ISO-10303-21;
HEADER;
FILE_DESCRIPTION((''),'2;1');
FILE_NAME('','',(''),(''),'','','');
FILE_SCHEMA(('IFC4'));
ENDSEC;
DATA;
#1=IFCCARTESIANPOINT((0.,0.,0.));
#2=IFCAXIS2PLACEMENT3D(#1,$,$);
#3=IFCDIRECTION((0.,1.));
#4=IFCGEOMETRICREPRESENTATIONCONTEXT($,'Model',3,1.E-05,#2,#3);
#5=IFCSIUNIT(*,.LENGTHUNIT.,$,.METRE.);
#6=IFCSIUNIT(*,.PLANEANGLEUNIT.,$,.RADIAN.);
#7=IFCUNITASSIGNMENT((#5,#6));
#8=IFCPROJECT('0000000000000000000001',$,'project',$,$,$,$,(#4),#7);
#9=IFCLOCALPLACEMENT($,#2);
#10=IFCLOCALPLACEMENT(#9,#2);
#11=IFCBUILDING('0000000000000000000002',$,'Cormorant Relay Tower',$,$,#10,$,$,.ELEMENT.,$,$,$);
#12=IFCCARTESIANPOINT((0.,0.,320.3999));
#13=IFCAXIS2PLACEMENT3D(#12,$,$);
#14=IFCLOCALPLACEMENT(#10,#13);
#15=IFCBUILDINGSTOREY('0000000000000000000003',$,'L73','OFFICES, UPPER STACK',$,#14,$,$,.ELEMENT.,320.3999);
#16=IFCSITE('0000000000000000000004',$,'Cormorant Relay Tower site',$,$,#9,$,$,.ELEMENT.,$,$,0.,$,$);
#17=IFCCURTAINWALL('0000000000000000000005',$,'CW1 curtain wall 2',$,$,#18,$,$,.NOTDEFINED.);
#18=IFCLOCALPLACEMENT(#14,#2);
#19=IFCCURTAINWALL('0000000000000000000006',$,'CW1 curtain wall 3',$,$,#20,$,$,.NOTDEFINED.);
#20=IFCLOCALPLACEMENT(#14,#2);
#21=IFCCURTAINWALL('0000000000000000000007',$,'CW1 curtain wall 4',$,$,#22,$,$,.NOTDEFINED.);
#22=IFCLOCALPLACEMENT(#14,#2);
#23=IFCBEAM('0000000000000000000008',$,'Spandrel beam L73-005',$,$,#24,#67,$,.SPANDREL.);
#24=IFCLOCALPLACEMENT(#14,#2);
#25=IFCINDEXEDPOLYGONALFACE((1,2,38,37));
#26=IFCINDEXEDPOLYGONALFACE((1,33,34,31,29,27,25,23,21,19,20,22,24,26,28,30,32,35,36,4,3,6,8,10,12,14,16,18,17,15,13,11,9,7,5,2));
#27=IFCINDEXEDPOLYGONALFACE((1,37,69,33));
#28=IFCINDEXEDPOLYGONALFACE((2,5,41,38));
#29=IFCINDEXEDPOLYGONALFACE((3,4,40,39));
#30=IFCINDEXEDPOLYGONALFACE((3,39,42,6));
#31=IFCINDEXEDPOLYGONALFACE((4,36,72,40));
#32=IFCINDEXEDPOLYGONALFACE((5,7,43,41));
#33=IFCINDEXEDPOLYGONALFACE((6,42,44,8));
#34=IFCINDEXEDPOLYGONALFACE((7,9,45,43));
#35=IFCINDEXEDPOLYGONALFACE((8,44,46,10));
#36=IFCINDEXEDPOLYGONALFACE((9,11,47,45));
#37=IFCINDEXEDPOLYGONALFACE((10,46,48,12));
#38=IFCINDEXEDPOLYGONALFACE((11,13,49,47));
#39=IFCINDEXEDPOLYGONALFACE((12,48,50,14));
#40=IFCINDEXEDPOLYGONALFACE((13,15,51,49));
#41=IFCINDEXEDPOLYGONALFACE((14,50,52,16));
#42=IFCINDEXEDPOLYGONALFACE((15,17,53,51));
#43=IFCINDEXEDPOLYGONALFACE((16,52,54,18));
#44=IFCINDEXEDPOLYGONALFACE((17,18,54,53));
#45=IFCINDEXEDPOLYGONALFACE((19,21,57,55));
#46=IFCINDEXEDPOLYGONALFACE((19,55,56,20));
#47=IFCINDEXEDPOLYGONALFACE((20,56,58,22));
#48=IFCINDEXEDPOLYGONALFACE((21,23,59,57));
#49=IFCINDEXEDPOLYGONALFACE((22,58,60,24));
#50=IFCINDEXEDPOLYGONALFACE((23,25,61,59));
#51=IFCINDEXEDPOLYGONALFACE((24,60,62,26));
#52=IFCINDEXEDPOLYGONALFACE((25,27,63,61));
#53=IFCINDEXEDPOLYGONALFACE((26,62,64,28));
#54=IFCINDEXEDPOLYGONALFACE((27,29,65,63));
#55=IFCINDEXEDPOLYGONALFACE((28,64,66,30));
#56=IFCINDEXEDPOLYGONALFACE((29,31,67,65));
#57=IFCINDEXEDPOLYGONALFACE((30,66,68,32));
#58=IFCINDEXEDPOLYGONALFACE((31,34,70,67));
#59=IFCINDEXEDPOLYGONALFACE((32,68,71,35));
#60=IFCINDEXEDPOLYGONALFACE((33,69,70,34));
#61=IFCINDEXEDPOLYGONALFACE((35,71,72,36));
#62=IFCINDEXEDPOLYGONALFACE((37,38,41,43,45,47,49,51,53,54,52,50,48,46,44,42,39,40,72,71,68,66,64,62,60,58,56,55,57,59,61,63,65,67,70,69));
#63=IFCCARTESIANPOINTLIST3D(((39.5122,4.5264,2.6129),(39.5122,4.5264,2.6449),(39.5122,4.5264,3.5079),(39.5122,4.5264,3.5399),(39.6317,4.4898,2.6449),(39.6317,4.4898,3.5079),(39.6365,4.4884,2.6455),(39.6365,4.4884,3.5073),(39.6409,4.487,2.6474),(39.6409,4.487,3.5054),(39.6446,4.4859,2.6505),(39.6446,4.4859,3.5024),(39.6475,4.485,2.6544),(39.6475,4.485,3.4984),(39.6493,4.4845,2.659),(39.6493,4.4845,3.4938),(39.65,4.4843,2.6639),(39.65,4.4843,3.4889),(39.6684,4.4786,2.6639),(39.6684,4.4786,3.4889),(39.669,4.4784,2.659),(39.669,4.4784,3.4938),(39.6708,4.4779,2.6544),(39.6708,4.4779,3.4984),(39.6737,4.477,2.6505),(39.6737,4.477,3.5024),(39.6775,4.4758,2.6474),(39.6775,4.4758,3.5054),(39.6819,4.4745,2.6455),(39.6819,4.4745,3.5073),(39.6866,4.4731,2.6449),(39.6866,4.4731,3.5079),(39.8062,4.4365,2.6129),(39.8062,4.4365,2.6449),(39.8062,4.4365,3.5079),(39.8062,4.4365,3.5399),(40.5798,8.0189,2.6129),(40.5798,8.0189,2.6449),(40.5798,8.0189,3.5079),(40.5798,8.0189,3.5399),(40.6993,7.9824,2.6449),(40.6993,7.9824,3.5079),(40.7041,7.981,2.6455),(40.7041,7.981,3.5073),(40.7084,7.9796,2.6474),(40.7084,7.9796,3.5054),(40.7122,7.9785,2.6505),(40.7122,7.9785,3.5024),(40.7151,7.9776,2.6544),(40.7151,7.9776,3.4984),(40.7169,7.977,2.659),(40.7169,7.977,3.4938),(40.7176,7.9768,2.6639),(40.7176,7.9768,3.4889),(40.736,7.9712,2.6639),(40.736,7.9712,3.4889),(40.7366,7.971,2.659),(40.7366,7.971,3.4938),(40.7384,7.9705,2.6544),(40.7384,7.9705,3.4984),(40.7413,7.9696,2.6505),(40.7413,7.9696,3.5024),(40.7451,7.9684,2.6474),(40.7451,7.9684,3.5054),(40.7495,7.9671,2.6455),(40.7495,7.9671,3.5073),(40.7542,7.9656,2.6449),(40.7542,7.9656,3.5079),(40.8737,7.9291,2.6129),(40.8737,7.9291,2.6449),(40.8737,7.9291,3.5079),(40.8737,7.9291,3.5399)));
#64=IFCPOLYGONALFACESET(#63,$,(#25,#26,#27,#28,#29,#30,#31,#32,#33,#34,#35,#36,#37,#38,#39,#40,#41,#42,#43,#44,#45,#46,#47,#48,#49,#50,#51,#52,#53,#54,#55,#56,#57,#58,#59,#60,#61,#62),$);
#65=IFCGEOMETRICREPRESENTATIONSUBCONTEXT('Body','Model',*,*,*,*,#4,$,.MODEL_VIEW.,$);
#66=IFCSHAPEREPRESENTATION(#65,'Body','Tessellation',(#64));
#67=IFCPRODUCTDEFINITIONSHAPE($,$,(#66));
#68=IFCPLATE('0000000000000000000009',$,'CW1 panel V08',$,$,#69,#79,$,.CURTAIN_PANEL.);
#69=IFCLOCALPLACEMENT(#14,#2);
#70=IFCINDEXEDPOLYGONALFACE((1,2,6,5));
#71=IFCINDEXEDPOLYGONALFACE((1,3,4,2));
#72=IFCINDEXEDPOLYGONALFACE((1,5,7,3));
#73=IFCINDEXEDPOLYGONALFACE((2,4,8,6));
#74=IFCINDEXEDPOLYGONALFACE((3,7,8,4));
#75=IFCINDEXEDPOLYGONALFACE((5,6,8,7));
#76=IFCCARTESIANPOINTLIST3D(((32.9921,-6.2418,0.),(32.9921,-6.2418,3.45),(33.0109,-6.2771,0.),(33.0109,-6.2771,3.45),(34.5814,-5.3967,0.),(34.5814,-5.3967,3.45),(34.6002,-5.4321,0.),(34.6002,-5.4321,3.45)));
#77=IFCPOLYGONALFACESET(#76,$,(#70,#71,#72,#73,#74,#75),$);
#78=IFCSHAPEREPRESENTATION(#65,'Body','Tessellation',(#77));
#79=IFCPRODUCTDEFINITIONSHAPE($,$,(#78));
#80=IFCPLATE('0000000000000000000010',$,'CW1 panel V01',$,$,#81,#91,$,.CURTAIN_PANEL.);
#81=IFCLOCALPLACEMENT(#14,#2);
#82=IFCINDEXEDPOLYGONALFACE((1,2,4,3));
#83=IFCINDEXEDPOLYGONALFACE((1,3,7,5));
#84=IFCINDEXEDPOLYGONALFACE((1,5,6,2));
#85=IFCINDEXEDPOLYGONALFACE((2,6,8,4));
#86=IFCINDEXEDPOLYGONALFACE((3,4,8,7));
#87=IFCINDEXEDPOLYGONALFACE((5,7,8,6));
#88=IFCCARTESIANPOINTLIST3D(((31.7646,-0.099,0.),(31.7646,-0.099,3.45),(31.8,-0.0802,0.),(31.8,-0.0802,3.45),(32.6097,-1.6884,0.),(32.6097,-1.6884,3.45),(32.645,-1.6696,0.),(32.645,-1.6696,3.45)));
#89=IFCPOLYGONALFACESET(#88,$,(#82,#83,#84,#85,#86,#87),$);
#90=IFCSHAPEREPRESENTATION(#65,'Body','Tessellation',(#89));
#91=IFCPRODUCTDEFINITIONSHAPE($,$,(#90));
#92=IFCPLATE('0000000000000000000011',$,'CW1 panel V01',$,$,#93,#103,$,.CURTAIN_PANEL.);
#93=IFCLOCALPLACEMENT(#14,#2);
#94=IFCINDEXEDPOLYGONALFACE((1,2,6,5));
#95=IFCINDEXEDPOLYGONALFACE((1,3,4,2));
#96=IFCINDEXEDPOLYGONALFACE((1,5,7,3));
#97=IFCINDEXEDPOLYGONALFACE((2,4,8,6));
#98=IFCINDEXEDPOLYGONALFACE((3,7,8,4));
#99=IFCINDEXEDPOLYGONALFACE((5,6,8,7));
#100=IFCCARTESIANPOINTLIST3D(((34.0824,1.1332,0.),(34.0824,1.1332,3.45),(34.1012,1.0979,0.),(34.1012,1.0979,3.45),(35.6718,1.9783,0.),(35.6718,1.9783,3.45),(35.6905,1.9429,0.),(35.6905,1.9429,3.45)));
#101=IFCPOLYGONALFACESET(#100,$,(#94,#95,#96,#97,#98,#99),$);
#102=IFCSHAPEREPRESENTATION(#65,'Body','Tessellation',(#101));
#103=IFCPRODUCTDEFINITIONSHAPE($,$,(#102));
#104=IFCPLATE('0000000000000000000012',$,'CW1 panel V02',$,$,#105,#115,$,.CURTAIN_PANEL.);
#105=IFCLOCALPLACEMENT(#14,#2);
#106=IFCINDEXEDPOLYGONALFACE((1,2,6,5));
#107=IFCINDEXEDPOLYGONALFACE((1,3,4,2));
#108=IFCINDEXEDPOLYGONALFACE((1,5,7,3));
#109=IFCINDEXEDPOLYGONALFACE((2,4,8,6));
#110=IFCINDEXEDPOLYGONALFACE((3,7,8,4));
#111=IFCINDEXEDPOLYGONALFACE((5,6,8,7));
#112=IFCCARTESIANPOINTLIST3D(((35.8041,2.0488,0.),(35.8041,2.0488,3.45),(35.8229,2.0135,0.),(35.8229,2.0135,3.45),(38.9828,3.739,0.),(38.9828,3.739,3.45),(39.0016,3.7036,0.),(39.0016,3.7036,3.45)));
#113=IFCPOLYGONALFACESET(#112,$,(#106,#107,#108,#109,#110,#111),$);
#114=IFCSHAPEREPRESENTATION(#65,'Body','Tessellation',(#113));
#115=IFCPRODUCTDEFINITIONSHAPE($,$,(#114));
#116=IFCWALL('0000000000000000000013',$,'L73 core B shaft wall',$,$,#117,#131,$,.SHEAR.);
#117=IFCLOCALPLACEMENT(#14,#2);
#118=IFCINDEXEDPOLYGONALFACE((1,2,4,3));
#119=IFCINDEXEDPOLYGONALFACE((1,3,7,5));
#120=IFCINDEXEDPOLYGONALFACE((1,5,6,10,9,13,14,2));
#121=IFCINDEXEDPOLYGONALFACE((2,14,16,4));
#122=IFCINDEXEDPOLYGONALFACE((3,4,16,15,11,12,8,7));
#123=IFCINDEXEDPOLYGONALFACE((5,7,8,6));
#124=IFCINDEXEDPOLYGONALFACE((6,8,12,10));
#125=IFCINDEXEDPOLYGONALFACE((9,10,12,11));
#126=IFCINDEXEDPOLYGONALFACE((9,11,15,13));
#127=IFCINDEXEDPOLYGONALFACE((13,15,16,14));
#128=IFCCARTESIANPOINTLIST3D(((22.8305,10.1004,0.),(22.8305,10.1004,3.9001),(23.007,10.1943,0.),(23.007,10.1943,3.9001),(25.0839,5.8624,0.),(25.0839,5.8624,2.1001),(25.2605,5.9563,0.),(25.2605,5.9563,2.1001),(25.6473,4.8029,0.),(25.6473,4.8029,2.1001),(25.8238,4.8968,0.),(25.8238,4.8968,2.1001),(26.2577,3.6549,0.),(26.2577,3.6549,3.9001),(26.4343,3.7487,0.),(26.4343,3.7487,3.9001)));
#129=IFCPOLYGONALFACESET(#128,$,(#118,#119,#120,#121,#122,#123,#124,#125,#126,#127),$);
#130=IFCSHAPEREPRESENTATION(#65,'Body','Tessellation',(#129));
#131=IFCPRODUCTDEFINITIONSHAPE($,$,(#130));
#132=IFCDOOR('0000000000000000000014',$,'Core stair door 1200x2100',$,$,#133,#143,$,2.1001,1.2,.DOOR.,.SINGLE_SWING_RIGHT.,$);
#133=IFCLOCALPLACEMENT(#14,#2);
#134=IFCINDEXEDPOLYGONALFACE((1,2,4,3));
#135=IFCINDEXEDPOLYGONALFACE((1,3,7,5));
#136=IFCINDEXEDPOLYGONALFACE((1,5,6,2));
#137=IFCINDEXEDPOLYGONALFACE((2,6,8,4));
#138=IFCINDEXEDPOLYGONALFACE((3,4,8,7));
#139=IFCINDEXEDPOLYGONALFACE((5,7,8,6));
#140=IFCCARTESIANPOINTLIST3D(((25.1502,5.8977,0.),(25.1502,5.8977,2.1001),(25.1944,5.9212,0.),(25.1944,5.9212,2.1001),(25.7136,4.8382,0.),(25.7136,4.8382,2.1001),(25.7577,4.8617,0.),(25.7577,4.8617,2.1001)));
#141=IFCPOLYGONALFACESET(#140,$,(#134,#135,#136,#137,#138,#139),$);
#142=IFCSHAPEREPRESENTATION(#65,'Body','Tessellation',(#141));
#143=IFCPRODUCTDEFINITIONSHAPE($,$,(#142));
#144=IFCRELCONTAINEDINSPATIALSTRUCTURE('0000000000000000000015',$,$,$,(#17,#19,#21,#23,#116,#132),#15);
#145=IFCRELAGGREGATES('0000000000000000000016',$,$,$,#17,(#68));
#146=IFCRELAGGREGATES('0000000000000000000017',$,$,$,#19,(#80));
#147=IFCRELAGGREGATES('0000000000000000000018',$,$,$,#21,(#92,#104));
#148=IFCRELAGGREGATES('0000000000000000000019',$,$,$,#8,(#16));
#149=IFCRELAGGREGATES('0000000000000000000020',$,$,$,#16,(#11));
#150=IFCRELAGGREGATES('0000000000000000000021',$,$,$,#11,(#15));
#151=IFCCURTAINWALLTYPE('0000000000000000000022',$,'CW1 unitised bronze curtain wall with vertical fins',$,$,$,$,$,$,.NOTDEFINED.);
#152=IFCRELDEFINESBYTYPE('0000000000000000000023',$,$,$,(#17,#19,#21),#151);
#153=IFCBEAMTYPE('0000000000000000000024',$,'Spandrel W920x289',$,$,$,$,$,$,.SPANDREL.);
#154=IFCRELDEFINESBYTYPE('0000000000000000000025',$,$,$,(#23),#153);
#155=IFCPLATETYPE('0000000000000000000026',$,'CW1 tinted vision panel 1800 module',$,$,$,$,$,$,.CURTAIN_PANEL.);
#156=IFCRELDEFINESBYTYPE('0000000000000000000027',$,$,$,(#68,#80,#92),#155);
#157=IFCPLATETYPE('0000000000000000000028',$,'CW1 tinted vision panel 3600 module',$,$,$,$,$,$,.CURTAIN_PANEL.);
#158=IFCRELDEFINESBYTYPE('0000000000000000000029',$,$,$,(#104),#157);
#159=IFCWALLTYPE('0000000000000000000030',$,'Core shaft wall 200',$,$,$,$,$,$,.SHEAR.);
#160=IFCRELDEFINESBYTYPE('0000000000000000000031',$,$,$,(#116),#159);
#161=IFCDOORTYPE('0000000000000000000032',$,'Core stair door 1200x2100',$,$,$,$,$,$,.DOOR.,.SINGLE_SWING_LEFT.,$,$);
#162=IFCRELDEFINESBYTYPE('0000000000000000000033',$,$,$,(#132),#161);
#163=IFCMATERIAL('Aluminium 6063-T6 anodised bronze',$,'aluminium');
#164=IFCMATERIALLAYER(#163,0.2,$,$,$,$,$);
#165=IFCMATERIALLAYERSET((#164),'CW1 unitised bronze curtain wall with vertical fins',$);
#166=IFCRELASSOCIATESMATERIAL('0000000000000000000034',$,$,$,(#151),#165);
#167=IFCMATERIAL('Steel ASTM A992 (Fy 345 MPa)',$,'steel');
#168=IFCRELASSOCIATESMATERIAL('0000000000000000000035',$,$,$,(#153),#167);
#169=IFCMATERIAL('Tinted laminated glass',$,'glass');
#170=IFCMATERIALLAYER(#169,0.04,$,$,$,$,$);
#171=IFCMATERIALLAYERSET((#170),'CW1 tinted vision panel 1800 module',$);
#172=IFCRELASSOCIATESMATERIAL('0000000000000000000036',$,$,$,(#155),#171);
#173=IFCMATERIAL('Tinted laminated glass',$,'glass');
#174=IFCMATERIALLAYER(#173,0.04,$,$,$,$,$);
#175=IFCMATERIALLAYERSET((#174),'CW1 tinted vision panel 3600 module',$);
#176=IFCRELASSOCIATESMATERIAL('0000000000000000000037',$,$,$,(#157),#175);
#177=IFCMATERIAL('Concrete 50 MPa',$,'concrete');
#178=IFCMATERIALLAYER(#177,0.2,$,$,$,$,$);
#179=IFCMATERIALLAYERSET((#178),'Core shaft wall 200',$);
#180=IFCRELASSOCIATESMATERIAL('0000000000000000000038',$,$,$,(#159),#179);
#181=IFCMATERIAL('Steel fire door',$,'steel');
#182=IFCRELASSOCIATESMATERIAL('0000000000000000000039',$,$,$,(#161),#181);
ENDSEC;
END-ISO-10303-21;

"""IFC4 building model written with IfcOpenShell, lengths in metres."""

from ifc_helpers import new_model, si_unit, direction, frame, frame_2d, origin, origin_2d, place, context, subcontext, project, spatial, rectangle, i_section, extrude, material, layer, layer_set, material_profile, profile_set, type_object, element, fill, aggregate, save


model = new_model("IFC4")

# Units and contexts
model_context = context("Model", 3, precision=1e-05, world=origin(), true_north=direction((0.0, 1.0)))
body_context = subcontext(model_context, "Body", "Model", "MODEL_VIEW")
ifc_project = project(units=[si_unit("LENGTHUNIT", "METRE"), si_unit("PLANEANGLEUNIT", "RADIAN")], contexts=[model_context])

# Site, building, storey
site_placement = place(None, origin())
site = spatial("IfcSite", under=ifc_project, at=site_placement, Name="Cormorant Relay Tower site", CompositionType="ELEMENT", RefElevation=0.0)
building_placement = place(site_placement, origin())
building = spatial("IfcBuilding", under=site, at=building_placement, Name="Cormorant Relay Tower", CompositionType="ELEMENT")
storey_placement = place(building_placement, frame((0.0, 0.0, 320.3999)))
storey = spatial("IfcBuildingStorey", under=building, at=storey_placement, Name="L73", Description="OFFICES, UPPER STACK", CompositionType="ELEMENT", Elevation=320.3999)

# Curtain wall
ifc_material_1 = material(Name="Aluminium 6063-T6 anodised bronze", Category="aluminium")
ifc_layer_1 = layer(ifc_material_1, 0.2)
ifc_layer_set_1 = layer_set([ifc_layer_1], Name="CW1 unitised bronze curtain wall with vertical fins")
curtain_wall_type = type_object("IfcCurtainWallType", Name="CW1 unitised bronze curtain wall with vertical fins", PredefinedType="NOTDEFINED", material=ifc_layer_set_1)
curtain_wall_1_placement = place(storey_placement, origin())
curtain_wall_1 = element("IfcCurtainWall", 1, at=curtain_wall_1_placement, inside=storey, type_object=curtain_wall_type, Name="CW1 curtain wall 2", PredefinedType="NOTDEFINED")

# Curtain wall
curtain_wall_2_placement = place(storey_placement, origin())
curtain_wall_2 = element("IfcCurtainWall", 2, at=curtain_wall_2_placement, inside=storey, type_object=curtain_wall_type, Name="CW1 curtain wall 3", PredefinedType="NOTDEFINED")

# Curtain wall
curtain_wall_3_placement = place(storey_placement, origin())
curtain_wall_3 = element("IfcCurtainWall", 3, at=curtain_wall_3_placement, inside=storey, type_object=curtain_wall_type, Name="CW1 curtain wall 4", PredefinedType="NOTDEFINED")

# Beam
ifc_material_2 = material(Name="Steel ASTM A992 (Fy 345 MPa)", Category="steel")
ifc_material_profile_1 = material_profile(ifc_material_2, i_section(OverallWidth=0.3074, OverallDepth=0.927, WebThickness=0.0193, FlangeThickness=0.032, FilletRadius=0.019, at=origin_2d()), Name="W920x289")
ifc_profile_set_1 = profile_set([ifc_material_profile_1], Name="Steel ASTM A992 (Fy 345 MPa)")
beam_type = type_object("IfcBeamType", Name="Spandrel W920x289", PredefinedType="SPANDREL", material=ifc_profile_set_1)
beam_1_placement = place(storey_placement, frame((39.6592, 4.4814, 3.0764), z_axis=(0.292324, 0.956319, 0.0), x_axis=(-0.956319, 0.292324, 0.0)))
element("IfcBeam", 4, at=beam_1_placement, inside=storey, type_object=beam_type, Name="Spandrel beam L73-005", PredefinedType="SPANDREL", context=body_context, shape_type="SweptSolid", body=[
    extrude(i_section(OverallWidth=0.3074, OverallDepth=0.927, WebThickness=0.0193, FlangeThickness=0.032, FilletRadius=0.019, at=origin_2d()), origin(), (0.0, 0.0, 1.0), 3.6521),
])

# Plates
ifc_material_3 = material(Name="Tinted laminated glass", Category="glass")
ifc_layer_2 = layer(ifc_material_3, 0.04)
ifc_layer_set_2 = layer_set([ifc_layer_2], Name="CW1 tinted vision panel 1800 module")
plate_type_1 = type_object("IfcPlateType", Name="CW1 tinted vision panel 1800 module", PredefinedType="CURTAIN_PANEL", material=ifc_layer_set_2)
plate_1_placement = place(storey_placement, frame((33.7961, -5.8369, 0.0), z_axis=(0.0, 0.0, 1.0), x_axis=(0.882948, 0.469472, 0.0)))
plate_1 = element("IfcPlate", 5, at=plate_1_placement, type_object=plate_type_1, Name="CW1 panel V08", PredefinedType="CURTAIN_PANEL", context=body_context, shape_type="SweptSolid", body=[
    extrude(rectangle(XDim=1.8, YDim=0.04, at=origin_2d()), origin(), (0.0, 0.0, 1.0), 3.45),
])
plate_2_placement = place(storey_placement, frame((32.2048, -0.8843, 0.0), z_axis=(0.0, 0.0, 1.0), x_axis=(-0.469472, 0.882948, 0.0)))
plate_2 = element("IfcPlate", 6, at=plate_2_placement, type_object=plate_type_1, Name="CW1 panel V01", PredefinedType="CURTAIN_PANEL", context=body_context, shape_type="SweptSolid", body=[
    extrude(rectangle(XDim=1.8, YDim=0.04, at=origin_2d()), origin(), (0.0, 0.0, 1.0), 3.45),
])
plate_3_placement = place(storey_placement, frame((34.8865, 1.5381, 0.0), z_axis=(0.0, 0.0, 1.0), x_axis=(0.882948, 0.469472, 0.0)))
plate_3 = element("IfcPlate", 7, at=plate_3_placement, type_object=plate_type_1, Name="CW1 panel V01", PredefinedType="CURTAIN_PANEL", context=body_context, shape_type="SweptSolid", body=[
    extrude(rectangle(XDim=1.8, YDim=0.04, at=origin_2d()), origin(), (0.0, 0.0, 1.0), 3.45),
])
ifc_material_4 = material(Name="Tinted laminated glass", Category="glass")
ifc_layer_3 = layer(ifc_material_4, 0.04)
ifc_layer_set_3 = layer_set([ifc_layer_3], Name="CW1 tinted vision panel 3600 module")
plate_type_2 = type_object("IfcPlateType", Name="CW1 tinted vision panel 3600 module", PredefinedType="CURTAIN_PANEL", material=ifc_layer_set_3)
plate_4_placement = place(storey_placement, frame((37.4028, 2.8762, 0.0), z_axis=(0.0, 0.0, 1.0), x_axis=(0.882948, 0.469472, 0.0)))
plate_4 = element("IfcPlate", 8, at=plate_4_placement, type_object=plate_type_2, Name="CW1 panel V02", PredefinedType="CURTAIN_PANEL", context=body_context, shape_type="SweptSolid", body=[
    extrude(rectangle(XDim=3.6001, YDim=0.04, at=origin_2d()), origin(), (0.0, 0.0, 1.0), 3.45),
])

# Wall, opening, door
ifc_material_5 = material(Name="Concrete 50 MPa", Category="concrete")
ifc_layer_4 = layer(ifc_material_5, 0.2)
ifc_layer_set_4 = layer_set([ifc_layer_4], Name="Core shaft wall 200")
wall_type_1 = type_object("IfcWallType", Name="Core shaft wall 200", PredefinedType="SHEAR", material=ifc_layer_set_4)
wall_1_placement = place(storey_placement, frame((26.3459, 3.7019, 0.0), z_axis=(0.0, 0.0, 1.0), x_axis=(-0.46948, 0.882943, 0.0)))
wall_1 = element("IfcWall", 9, at=wall_1_placement, inside=storey, type_object=wall_type_1, Name="L73 core B shaft wall", PredefinedType="SHEAR", context=body_context, shape_type="SweptSolid", body=[
    extrude(rectangle(XDim=7.3, YDim=0.2, at=frame_2d((3.6499, 0.0))), origin(), (0.0, 0.0, 1.0), 3.9001),
])
opening_1_placement = place(wall_1_placement, frame((1.3, 0.0, 0.0)))
opening_1 = element("IfcOpeningElement", 10, at=opening_1_placement, cuts=wall_1, PredefinedType="OPENING", context=body_context, shape_type="SweptSolid", body=[
    extrude(rectangle(XDim=1.2, YDim=2.1001, at=frame_2d((0.6001, 1.05))), frame((0.0, 0.1099, 0.0), z_axis=(0.0, -1.0, 0.0), x_axis=(1.0, 0.0, 0.0)), (0.0, 0.0, 1.0), 0.22),
])
ifc_material_6 = material(Name="Steel fire door", Category="steel")
door_type_1 = type_object("IfcDoorType", Name="Core stair door 1200x2100", OperationType="SINGLE_SWING_LEFT", PredefinedType="DOOR", material=ifc_material_6)
door_1_placement = place(opening_1_placement, origin())
door_1 = element("IfcDoor", 11, at=door_1_placement, inside=storey, type_object=door_type_1, Name="Core stair door 1200x2100", OperationType="SINGLE_SWING_RIGHT", OverallHeight=2.1001, OverallWidth=1.2, PredefinedType="DOOR", context=body_context, shape_type="SweptSolid", body=[
    extrude(rectangle(XDim=1.2, YDim=2.1001, at=frame_2d((0.6001, 1.05))), frame((0.0, 0.0249, 0.0), z_axis=(0.0, -1.0, 0.0), x_axis=(1.0, 0.0, 0.0)), (0.0, 0.0, 1.0), 0.05),
])
fill(opening_1, door_1)

aggregate(curtain_wall_1, [plate_1])
aggregate(curtain_wall_2, [plate_2])
aggregate(curtain_wall_3, [plate_3, plate_4])

save(model, "model.ifc")
